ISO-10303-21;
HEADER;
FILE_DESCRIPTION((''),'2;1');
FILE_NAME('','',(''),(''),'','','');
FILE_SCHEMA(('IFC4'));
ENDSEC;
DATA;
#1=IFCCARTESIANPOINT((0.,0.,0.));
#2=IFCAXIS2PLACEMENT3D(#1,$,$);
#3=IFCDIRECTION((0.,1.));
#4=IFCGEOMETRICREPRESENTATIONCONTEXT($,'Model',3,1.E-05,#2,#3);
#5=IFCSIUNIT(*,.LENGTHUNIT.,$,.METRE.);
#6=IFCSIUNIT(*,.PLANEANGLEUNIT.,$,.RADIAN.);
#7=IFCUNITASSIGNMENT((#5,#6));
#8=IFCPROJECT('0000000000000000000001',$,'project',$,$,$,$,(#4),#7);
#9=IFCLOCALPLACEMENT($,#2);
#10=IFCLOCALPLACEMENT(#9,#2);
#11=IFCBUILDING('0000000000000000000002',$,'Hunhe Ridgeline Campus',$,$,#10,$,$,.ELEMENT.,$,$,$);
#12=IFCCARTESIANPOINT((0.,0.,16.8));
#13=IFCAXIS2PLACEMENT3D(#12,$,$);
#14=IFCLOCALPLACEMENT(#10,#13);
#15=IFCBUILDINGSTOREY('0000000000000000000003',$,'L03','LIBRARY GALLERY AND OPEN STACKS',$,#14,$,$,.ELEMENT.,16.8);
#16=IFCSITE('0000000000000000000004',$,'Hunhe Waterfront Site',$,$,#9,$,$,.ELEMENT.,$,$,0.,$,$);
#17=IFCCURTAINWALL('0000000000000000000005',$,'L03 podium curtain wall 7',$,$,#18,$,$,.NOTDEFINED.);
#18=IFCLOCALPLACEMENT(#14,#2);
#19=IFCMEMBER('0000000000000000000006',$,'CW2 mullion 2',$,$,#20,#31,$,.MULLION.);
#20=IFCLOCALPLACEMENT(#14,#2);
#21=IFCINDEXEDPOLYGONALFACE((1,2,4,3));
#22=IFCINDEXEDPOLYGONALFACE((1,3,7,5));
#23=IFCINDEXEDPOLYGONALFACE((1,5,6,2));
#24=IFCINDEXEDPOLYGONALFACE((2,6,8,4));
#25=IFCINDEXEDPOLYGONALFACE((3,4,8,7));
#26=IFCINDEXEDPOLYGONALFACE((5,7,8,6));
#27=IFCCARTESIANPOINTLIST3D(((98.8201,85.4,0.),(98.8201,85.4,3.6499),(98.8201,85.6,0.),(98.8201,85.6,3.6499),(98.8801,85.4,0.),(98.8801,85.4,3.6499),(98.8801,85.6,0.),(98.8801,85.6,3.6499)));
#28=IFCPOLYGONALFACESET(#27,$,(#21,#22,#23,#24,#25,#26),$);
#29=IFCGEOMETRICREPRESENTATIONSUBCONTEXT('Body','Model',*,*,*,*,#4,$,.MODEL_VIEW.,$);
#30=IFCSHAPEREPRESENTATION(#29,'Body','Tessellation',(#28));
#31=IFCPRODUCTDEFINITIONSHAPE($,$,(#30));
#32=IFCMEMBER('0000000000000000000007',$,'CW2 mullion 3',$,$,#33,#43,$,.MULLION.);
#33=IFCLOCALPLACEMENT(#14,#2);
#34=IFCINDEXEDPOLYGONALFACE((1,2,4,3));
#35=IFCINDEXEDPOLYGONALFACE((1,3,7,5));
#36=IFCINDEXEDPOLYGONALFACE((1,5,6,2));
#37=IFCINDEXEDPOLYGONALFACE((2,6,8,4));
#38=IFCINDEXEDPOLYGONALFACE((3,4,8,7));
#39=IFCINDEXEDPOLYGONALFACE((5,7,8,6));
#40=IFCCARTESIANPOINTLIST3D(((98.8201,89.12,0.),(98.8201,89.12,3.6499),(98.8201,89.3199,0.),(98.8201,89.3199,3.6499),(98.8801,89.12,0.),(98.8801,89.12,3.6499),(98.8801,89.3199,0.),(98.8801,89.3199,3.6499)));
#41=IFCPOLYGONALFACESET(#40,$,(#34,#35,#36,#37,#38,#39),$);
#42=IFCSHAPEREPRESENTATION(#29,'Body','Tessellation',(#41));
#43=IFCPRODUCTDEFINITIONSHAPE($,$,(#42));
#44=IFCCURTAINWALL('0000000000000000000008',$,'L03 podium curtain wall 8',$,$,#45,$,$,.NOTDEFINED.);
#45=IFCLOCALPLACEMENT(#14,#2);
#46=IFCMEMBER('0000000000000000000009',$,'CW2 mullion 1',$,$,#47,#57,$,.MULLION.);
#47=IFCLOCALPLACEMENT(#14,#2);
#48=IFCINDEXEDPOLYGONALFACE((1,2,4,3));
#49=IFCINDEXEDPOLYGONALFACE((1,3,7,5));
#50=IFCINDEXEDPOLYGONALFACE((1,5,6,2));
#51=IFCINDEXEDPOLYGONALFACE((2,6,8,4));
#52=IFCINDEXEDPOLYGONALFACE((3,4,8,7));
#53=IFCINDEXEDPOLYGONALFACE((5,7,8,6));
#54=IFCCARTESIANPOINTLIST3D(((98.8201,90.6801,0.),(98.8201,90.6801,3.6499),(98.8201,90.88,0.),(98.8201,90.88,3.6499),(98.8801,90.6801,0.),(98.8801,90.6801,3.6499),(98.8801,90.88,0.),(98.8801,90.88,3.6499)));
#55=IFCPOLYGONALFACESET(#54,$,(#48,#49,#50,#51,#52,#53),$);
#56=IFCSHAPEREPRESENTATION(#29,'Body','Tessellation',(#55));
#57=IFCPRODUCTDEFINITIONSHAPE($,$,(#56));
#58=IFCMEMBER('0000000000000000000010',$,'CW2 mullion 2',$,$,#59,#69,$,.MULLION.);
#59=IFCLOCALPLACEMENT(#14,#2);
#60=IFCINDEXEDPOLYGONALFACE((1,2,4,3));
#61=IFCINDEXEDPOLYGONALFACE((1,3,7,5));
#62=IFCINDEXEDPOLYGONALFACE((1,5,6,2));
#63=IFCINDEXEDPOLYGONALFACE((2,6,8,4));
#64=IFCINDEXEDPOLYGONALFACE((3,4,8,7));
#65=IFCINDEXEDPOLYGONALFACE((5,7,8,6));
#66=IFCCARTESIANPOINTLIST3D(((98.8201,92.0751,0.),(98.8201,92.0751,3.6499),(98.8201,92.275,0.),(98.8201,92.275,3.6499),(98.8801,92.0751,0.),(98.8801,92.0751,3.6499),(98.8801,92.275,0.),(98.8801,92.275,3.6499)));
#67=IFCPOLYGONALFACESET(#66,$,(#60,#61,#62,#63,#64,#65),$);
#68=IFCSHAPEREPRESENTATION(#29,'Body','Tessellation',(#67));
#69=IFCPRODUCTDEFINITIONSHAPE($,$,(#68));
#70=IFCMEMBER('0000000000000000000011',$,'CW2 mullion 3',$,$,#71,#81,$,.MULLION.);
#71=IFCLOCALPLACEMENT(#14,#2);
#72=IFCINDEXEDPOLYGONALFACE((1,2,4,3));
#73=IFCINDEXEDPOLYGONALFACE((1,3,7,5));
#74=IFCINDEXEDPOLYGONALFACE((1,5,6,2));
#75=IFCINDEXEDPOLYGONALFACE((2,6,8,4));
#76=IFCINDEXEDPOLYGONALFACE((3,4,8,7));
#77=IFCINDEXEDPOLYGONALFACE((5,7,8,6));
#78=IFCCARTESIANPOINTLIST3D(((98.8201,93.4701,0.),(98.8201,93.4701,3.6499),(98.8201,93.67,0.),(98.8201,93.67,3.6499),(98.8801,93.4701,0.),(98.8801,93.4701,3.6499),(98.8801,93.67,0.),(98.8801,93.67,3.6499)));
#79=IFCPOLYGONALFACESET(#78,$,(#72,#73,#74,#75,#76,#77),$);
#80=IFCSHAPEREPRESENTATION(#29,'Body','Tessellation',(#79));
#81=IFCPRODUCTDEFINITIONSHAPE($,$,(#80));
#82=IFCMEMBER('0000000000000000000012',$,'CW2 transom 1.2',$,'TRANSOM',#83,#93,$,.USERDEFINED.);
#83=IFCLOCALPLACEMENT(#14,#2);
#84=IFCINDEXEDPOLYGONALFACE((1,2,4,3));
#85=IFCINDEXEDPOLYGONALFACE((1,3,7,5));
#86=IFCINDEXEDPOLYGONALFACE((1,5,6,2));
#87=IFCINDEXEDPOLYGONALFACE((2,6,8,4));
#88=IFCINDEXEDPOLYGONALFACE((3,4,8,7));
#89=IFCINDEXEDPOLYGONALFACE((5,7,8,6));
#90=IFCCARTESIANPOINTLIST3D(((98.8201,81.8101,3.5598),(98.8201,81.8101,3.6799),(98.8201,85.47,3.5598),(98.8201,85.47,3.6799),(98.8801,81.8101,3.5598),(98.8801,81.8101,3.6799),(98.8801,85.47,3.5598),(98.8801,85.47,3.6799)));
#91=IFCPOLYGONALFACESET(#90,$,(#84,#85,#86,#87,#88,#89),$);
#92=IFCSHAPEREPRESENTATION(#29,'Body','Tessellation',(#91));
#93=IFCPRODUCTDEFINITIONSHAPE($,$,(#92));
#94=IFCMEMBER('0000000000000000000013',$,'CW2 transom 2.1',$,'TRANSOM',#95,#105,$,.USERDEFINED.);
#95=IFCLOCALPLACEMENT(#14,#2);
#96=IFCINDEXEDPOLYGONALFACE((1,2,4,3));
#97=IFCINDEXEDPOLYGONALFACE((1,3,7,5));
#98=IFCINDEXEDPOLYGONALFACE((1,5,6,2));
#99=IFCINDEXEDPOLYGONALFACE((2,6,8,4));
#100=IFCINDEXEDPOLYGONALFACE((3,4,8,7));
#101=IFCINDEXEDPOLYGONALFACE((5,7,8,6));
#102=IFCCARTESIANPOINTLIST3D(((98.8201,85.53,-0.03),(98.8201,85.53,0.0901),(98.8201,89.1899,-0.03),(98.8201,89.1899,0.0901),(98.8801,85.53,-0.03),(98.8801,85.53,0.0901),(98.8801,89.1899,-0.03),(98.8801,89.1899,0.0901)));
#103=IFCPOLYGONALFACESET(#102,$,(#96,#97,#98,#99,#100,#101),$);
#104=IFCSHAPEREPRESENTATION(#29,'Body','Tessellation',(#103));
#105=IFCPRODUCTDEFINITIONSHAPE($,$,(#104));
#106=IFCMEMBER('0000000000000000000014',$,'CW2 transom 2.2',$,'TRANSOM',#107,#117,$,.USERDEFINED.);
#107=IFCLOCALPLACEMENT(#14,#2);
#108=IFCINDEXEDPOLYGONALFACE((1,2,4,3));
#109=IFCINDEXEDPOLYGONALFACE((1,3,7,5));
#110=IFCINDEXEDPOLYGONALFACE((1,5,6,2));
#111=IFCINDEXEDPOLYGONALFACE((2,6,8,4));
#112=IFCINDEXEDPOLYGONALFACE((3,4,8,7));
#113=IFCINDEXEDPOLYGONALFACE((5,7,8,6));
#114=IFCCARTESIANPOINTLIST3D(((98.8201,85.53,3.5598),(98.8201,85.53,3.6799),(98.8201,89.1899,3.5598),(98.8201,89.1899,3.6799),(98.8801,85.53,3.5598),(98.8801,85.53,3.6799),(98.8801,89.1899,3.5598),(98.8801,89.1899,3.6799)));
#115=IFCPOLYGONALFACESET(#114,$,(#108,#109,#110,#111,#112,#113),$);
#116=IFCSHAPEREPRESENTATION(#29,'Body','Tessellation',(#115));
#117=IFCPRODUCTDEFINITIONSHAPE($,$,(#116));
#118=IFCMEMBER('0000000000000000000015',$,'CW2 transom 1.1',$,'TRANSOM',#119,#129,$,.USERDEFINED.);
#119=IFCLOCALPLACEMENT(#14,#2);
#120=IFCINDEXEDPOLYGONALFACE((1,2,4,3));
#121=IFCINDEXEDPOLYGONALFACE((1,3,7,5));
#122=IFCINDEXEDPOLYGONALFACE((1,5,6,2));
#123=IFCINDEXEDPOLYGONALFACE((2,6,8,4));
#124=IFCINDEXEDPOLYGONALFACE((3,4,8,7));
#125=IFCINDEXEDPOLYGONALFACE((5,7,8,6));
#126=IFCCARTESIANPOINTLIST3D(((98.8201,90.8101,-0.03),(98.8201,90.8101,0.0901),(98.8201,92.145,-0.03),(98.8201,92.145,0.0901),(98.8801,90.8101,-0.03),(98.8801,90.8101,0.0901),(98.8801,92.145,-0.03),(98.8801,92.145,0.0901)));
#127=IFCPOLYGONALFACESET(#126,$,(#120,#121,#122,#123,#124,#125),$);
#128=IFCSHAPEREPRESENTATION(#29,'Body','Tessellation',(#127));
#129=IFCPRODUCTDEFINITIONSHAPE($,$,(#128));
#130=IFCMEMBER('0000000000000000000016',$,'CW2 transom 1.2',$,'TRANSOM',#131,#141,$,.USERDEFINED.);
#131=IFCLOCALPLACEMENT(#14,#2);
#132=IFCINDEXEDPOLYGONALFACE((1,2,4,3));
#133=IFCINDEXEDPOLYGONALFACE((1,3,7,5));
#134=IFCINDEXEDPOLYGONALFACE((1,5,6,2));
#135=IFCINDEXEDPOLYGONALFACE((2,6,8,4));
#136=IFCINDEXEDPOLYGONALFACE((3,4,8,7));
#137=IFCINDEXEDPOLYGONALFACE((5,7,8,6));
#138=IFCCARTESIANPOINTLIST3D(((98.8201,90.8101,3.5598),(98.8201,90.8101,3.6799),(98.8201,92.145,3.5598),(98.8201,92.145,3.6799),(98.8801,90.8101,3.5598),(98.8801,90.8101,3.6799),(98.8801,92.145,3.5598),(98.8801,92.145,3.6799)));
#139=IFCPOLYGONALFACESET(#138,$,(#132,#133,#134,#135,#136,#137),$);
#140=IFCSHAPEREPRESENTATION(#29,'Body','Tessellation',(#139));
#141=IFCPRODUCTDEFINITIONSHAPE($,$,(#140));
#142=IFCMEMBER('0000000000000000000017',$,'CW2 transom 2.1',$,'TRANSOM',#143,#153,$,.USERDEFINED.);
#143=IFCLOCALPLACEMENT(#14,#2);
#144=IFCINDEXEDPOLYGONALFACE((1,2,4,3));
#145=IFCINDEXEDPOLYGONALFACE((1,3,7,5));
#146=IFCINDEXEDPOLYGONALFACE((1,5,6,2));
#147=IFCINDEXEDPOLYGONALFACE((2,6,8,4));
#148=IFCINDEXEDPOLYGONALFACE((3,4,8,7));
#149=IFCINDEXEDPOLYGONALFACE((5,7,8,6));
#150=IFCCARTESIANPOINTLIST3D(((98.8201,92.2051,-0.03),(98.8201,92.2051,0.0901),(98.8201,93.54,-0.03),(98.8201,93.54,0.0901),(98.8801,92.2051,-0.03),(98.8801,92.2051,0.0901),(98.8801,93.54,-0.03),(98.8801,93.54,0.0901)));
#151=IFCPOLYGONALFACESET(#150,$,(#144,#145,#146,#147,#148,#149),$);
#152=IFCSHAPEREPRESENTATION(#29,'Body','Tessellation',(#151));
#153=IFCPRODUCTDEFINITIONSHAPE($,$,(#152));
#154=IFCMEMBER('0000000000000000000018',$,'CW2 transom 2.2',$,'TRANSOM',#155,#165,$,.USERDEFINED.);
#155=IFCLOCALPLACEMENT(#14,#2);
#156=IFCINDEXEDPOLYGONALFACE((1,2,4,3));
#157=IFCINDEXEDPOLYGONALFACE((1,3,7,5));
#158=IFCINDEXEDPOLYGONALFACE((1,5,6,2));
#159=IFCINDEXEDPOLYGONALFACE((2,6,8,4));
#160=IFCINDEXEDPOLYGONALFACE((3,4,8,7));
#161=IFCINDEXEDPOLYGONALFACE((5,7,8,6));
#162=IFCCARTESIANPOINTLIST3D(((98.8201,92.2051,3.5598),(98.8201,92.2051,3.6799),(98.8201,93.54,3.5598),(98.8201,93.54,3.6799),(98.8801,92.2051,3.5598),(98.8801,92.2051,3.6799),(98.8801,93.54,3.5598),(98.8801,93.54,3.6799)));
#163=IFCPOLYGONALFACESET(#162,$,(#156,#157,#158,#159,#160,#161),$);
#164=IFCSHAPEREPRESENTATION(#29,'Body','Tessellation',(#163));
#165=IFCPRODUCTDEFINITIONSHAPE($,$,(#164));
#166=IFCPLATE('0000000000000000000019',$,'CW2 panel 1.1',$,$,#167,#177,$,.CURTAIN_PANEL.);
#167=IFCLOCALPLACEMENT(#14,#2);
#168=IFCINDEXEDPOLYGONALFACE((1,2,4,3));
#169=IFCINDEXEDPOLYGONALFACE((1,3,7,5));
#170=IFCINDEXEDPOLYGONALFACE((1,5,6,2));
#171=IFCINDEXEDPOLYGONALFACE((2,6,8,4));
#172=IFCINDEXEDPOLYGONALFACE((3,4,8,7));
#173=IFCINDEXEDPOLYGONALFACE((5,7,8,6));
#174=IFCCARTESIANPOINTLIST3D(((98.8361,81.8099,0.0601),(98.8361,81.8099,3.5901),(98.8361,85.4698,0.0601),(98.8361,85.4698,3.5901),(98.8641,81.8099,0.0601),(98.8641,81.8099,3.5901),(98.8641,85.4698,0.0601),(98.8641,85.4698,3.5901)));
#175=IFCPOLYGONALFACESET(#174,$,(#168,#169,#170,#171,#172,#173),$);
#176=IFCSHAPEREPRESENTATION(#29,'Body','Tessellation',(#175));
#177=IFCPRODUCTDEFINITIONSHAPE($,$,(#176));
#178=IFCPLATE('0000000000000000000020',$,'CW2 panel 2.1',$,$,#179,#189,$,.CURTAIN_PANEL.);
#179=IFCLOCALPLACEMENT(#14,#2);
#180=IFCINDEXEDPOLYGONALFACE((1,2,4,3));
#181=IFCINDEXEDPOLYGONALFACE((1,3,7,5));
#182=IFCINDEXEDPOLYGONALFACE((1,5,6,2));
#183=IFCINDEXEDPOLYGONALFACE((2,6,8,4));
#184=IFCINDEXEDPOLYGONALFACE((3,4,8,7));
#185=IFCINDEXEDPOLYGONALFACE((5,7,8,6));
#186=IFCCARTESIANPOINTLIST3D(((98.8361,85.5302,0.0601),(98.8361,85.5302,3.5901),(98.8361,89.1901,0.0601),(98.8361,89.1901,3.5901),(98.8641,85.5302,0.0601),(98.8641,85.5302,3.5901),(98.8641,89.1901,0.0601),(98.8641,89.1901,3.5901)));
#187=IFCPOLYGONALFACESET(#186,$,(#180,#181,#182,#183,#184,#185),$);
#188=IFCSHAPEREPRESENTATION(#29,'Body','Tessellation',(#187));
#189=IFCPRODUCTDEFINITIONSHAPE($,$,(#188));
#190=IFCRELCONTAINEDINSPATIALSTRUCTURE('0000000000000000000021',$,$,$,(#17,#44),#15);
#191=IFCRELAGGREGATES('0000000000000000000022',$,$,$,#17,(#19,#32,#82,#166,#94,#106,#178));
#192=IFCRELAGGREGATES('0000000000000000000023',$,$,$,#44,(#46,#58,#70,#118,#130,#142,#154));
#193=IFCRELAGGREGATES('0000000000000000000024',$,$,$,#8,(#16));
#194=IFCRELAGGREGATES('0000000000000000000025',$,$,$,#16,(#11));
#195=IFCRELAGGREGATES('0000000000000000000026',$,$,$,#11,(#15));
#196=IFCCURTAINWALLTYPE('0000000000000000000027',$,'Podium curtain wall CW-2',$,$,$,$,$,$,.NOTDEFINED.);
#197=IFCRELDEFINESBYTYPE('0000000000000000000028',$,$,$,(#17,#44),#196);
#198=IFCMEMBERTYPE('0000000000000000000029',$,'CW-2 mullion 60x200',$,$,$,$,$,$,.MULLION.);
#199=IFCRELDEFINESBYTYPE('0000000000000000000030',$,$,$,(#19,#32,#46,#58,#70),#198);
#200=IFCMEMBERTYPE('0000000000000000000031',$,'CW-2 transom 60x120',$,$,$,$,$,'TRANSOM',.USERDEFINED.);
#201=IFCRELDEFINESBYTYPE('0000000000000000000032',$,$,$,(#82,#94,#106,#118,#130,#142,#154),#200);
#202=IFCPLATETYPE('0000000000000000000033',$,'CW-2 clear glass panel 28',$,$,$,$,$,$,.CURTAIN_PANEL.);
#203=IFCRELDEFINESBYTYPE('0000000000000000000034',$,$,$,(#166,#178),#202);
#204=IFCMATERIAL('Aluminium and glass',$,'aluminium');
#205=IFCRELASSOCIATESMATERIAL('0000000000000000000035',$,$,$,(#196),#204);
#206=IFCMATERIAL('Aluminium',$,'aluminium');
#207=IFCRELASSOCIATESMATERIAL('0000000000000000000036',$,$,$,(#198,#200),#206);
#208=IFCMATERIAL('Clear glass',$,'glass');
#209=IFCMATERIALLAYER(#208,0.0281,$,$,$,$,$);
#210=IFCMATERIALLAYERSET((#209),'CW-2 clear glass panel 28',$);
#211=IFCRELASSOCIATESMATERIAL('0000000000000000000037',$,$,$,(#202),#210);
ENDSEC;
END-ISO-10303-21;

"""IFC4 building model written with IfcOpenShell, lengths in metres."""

from ifc_helpers import new_model, si_unit, direction, frame, origin, origin_2d, place, context, subcontext, project, spatial, rectangle, extrude, material, layer, layer_set, material_profile, profile_set, type_object, element, aggregate, save


model = new_model("IFC4")

# Units and contexts
model_context = context("Model", 3, precision=1e-05, world=origin(), true_north=direction((0.0, 1.0)))
body_context = subcontext(model_context, "Body", "Model", "MODEL_VIEW")
ifc_project = project(units=[si_unit("LENGTHUNIT", "METRE"), si_unit("PLANEANGLEUNIT", "RADIAN")], contexts=[model_context])

# Site, building, storey
site_placement = place(None, origin())
site = spatial("IfcSite", under=ifc_project, at=site_placement, Name="Hunhe Waterfront Site", CompositionType="ELEMENT", RefElevation=0.0)
building_placement = place(site_placement, origin())
building = spatial("IfcBuilding", under=site, at=building_placement, Name="Hunhe Ridgeline Campus", CompositionType="ELEMENT")
storey_placement = place(building_placement, frame((0.0, 0.0, 16.8)))
storey = spatial("IfcBuildingStorey", under=building, at=storey_placement, Name="L03", Description="LIBRARY GALLERY AND OPEN STACKS", CompositionType="ELEMENT", Elevation=16.8)

# Curtain walls, members
ifc_material_1 = material(Name="Aluminium and glass", Category="aluminium")
curtain_wall_type = type_object("IfcCurtainWallType", Name="Podium curtain wall CW-2", PredefinedType="NOTDEFINED", material=ifc_material_1)
curtain_wall_1_placement = place(storey_placement, origin())
curtain_wall_1 = element("IfcCurtainWall", 1, at=curtain_wall_1_placement, inside=storey, type_object=curtain_wall_type, Name="L03 podium curtain wall 7", PredefinedType="NOTDEFINED")
ifc_material_2 = material(Name="Aluminium", Category="aluminium")
ifc_material_profile_1 = material_profile(ifc_material_2, rectangle(XDim=0.0601, YDim=0.2, at=origin_2d()))
ifc_profile_set_1 = profile_set([ifc_material_profile_1], Name="Aluminium")
member_type_1 = type_object("IfcMemberType", Name="CW-2 mullion 60x200", PredefinedType="MULLION", material=ifc_profile_set_1)
member_1_placement = place(storey_placement, frame((98.8501, 85.5, 0.0), z_axis=(0.0, 0.0, 1.0), x_axis=(-1.0, 0.0, 0.0)))
member_1 = element("IfcMember", 2, at=member_1_placement, type_object=member_type_1, Name="CW2 mullion 2", PredefinedType="MULLION", context=body_context, shape_type="SweptSolid", body=[
    extrude(rectangle(XDim=0.0601, YDim=0.2, at=origin_2d()), origin(), (0.0, 0.0, 1.0), 3.6499),
])
member_2_placement = place(storey_placement, frame((98.8501, 89.22, 0.0), z_axis=(0.0, 0.0, 1.0), x_axis=(-1.0, 0.0, 0.0)))
member_2 = element("IfcMember", 3, at=member_2_placement, type_object=member_type_1, Name="CW2 mullion 3", PredefinedType="MULLION", context=body_context, shape_type="SweptSolid", body=[
    extrude(rectangle(XDim=0.0601, YDim=0.2, at=origin_2d()), origin(), (0.0, 0.0, 1.0), 3.6499),
])
curtain_wall_2_placement = place(storey_placement, origin())
curtain_wall_2 = element("IfcCurtainWall", 4, at=curtain_wall_2_placement, inside=storey, type_object=curtain_wall_type, Name="L03 podium curtain wall 8", PredefinedType="NOTDEFINED")
member_3_placement = place(storey_placement, frame((98.8501, 90.78, 0.0), z_axis=(0.0, 0.0, 1.0), x_axis=(-1.0, 0.0, 0.0)))
member_3 = element("IfcMember", 5, at=member_3_placement, type_object=member_type_1, Name="CW2 mullion 1", PredefinedType="MULLION", context=body_context, shape_type="SweptSolid", body=[
    extrude(rectangle(XDim=0.0601, YDim=0.2, at=origin_2d()), origin(), (0.0, 0.0, 1.0), 3.6499),
])
member_4_placement = place(storey_placement, frame((98.8501, 92.175, 0.0), z_axis=(0.0, 0.0, 1.0), x_axis=(-1.0, 0.0, 0.0)))
member_4 = element("IfcMember", 6, at=member_4_placement, type_object=member_type_1, Name="CW2 mullion 2", PredefinedType="MULLION", context=body_context, shape_type="SweptSolid", body=[
    extrude(rectangle(XDim=0.0601, YDim=0.2, at=origin_2d()), origin(), (0.0, 0.0, 1.0), 3.6499),
])
member_5_placement = place(storey_placement, frame((98.8501, 93.5701, 0.0), z_axis=(0.0, 0.0, 1.0), x_axis=(-1.0, 0.0, 0.0)))
member_5 = element("IfcMember", 7, at=member_5_placement, type_object=member_type_1, Name="CW2 mullion 3", PredefinedType="MULLION", context=body_context, shape_type="SweptSolid", body=[
    extrude(rectangle(XDim=0.0601, YDim=0.2, at=origin_2d()), origin(), (0.0, 0.0, 1.0), 3.6499),
])

# Members
ifc_material_profile_2 = material_profile(ifc_material_2, rectangle(XDim=0.0601, YDim=0.1201, at=origin_2d()))
ifc_profile_set_2 = profile_set([ifc_material_profile_2], Name="Aluminium")
member_type_2 = type_object("IfcMemberType", Name="CW-2 transom 60x120", ElementType="TRANSOM", PredefinedType="USERDEFINED", material=ifc_profile_set_2)
member_6_placement = place(storey_placement, frame((98.8501, 81.8101, 3.6199), z_axis=(0.0, 1.0, 0.0), x_axis=(-1.0, 0.0, 0.0)))
member_6 = element("IfcMember", 8, at=member_6_placement, type_object=member_type_2, Name="CW2 transom 1.2", ObjectType="TRANSOM", PredefinedType="USERDEFINED", context=body_context, shape_type="SweptSolid", body=[
    extrude(rectangle(XDim=0.0601, YDim=0.1201, at=origin_2d()), origin(), (0.0, 0.0, 1.0), 3.6599),
])
member_7_placement = place(storey_placement, frame((98.8501, 85.53, 0.03), z_axis=(0.0, 1.0, 0.0), x_axis=(-1.0, 0.0, 0.0)))
member_7 = element("IfcMember", 9, at=member_7_placement, type_object=member_type_2, Name="CW2 transom 2.1", ObjectType="TRANSOM", PredefinedType="USERDEFINED", context=body_context, shape_type="SweptSolid", body=[
    extrude(rectangle(XDim=0.0601, YDim=0.1201, at=origin_2d()), origin(), (0.0, 0.0, 1.0), 3.6599),
])
member_8_placement = place(storey_placement, frame((98.8501, 85.53, 3.6199), z_axis=(0.0, 1.0, 0.0), x_axis=(-1.0, 0.0, 0.0)))
member_8 = element("IfcMember", 10, at=member_8_placement, type_object=member_type_2, Name="CW2 transom 2.2", ObjectType="TRANSOM", PredefinedType="USERDEFINED", context=body_context, shape_type="SweptSolid", body=[
    extrude(rectangle(XDim=0.0601, YDim=0.1201, at=origin_2d()), origin(), (0.0, 0.0, 1.0), 3.6599),
])
member_9_placement = place(storey_placement, frame((98.8501, 90.8101, 0.03), z_axis=(0.0, 1.0, 0.0), x_axis=(-1.0, 0.0, 0.0)))
member_9 = element("IfcMember", 11, at=member_9_placement, type_object=member_type_2, Name="CW2 transom 1.1", ObjectType="TRANSOM", PredefinedType="USERDEFINED", context=body_context, shape_type="SweptSolid", body=[
    extrude(rectangle(XDim=0.0601, YDim=0.1201, at=origin_2d()), origin(), (0.0, 0.0, 1.0), 1.335),
])
member_10_placement = place(storey_placement, frame((98.8501, 90.8101, 3.6199), z_axis=(0.0, 1.0, 0.0), x_axis=(-1.0, 0.0, 0.0)))
member_10 = element("IfcMember", 12, at=member_10_placement, type_object=member_type_2, Name="CW2 transom 1.2", ObjectType="TRANSOM", PredefinedType="USERDEFINED", context=body_context, shape_type="SweptSolid", body=[
    extrude(rectangle(XDim=0.0601, YDim=0.1201, at=origin_2d()), origin(), (0.0, 0.0, 1.0), 1.335),
])
member_11_placement = place(storey_placement, frame((98.8501, 92.2051, 0.03), z_axis=(0.0, 1.0, 0.0), x_axis=(-1.0, 0.0, 0.0)))
member_11 = element("IfcMember", 13, at=member_11_placement, type_object=member_type_2, Name="CW2 transom 2.1", ObjectType="TRANSOM", PredefinedType="USERDEFINED", context=body_context, shape_type="SweptSolid", body=[
    extrude(rectangle(XDim=0.0601, YDim=0.1201, at=origin_2d()), origin(), (0.0, 0.0, 1.0), 1.335),
])
member_12_placement = place(storey_placement, frame((98.8501, 92.2051, 3.6199), z_axis=(0.0, 1.0, 0.0), x_axis=(-1.0, 0.0, 0.0)))
member_12 = element("IfcMember", 14, at=member_12_placement, type_object=member_type_2, Name="CW2 transom 2.2", ObjectType="TRANSOM", PredefinedType="USERDEFINED", context=body_context, shape_type="SweptSolid", body=[
    extrude(rectangle(XDim=0.0601, YDim=0.1201, at=origin_2d()), origin(), (0.0, 0.0, 1.0), 1.335),
])

# Plates
ifc_material_3 = material(Name="Clear glass", Category="glass")
ifc_layer_1 = layer(ifc_material_3, 0.0281)
ifc_layer_set_1 = layer_set([ifc_layer_1], Name="CW-2 clear glass panel 28")
plate_type = type_object("IfcPlateType", Name="CW-2 clear glass panel 28", PredefinedType="CURTAIN_PANEL", material=ifc_layer_set_1)
plate_1_placement = place(storey_placement, frame((98.8501, 83.6399, 0.0601), z_axis=(0.0, 0.0, 1.0), x_axis=(0.0, 1.0, 0.0)))
plate_1 = element("IfcPlate", 15, at=plate_1_placement, type_object=plate_type, Name="CW2 panel 1.1", PredefinedType="CURTAIN_PANEL", context=body_context, shape_type="SweptSolid", body=[
    extrude(rectangle(XDim=3.6599, YDim=0.0281, at=origin_2d()), origin(), (0.0, 0.0, 1.0), 3.53),
])
plate_2_placement = place(storey_placement, frame((98.8501, 87.3601, 0.0601), z_axis=(0.0, 0.0, 1.0), x_axis=(0.0, 1.0, 0.0)))
plate_2 = element("IfcPlate", 16, at=plate_2_placement, type_object=plate_type, Name="CW2 panel 2.1", PredefinedType="CURTAIN_PANEL", context=body_context, shape_type="SweptSolid", body=[
    extrude(rectangle(XDim=3.6599, YDim=0.0281, at=origin_2d()), origin(), (0.0, 0.0, 1.0), 3.53),
])
aggregate(curtain_wall_1, [member_1, member_2, member_6, plate_1, member_7, member_8, plate_2])
aggregate(curtain_wall_2, [member_3, member_4, member_5, member_9, member_10, member_11, member_12])

save(model, "model.ifc")
